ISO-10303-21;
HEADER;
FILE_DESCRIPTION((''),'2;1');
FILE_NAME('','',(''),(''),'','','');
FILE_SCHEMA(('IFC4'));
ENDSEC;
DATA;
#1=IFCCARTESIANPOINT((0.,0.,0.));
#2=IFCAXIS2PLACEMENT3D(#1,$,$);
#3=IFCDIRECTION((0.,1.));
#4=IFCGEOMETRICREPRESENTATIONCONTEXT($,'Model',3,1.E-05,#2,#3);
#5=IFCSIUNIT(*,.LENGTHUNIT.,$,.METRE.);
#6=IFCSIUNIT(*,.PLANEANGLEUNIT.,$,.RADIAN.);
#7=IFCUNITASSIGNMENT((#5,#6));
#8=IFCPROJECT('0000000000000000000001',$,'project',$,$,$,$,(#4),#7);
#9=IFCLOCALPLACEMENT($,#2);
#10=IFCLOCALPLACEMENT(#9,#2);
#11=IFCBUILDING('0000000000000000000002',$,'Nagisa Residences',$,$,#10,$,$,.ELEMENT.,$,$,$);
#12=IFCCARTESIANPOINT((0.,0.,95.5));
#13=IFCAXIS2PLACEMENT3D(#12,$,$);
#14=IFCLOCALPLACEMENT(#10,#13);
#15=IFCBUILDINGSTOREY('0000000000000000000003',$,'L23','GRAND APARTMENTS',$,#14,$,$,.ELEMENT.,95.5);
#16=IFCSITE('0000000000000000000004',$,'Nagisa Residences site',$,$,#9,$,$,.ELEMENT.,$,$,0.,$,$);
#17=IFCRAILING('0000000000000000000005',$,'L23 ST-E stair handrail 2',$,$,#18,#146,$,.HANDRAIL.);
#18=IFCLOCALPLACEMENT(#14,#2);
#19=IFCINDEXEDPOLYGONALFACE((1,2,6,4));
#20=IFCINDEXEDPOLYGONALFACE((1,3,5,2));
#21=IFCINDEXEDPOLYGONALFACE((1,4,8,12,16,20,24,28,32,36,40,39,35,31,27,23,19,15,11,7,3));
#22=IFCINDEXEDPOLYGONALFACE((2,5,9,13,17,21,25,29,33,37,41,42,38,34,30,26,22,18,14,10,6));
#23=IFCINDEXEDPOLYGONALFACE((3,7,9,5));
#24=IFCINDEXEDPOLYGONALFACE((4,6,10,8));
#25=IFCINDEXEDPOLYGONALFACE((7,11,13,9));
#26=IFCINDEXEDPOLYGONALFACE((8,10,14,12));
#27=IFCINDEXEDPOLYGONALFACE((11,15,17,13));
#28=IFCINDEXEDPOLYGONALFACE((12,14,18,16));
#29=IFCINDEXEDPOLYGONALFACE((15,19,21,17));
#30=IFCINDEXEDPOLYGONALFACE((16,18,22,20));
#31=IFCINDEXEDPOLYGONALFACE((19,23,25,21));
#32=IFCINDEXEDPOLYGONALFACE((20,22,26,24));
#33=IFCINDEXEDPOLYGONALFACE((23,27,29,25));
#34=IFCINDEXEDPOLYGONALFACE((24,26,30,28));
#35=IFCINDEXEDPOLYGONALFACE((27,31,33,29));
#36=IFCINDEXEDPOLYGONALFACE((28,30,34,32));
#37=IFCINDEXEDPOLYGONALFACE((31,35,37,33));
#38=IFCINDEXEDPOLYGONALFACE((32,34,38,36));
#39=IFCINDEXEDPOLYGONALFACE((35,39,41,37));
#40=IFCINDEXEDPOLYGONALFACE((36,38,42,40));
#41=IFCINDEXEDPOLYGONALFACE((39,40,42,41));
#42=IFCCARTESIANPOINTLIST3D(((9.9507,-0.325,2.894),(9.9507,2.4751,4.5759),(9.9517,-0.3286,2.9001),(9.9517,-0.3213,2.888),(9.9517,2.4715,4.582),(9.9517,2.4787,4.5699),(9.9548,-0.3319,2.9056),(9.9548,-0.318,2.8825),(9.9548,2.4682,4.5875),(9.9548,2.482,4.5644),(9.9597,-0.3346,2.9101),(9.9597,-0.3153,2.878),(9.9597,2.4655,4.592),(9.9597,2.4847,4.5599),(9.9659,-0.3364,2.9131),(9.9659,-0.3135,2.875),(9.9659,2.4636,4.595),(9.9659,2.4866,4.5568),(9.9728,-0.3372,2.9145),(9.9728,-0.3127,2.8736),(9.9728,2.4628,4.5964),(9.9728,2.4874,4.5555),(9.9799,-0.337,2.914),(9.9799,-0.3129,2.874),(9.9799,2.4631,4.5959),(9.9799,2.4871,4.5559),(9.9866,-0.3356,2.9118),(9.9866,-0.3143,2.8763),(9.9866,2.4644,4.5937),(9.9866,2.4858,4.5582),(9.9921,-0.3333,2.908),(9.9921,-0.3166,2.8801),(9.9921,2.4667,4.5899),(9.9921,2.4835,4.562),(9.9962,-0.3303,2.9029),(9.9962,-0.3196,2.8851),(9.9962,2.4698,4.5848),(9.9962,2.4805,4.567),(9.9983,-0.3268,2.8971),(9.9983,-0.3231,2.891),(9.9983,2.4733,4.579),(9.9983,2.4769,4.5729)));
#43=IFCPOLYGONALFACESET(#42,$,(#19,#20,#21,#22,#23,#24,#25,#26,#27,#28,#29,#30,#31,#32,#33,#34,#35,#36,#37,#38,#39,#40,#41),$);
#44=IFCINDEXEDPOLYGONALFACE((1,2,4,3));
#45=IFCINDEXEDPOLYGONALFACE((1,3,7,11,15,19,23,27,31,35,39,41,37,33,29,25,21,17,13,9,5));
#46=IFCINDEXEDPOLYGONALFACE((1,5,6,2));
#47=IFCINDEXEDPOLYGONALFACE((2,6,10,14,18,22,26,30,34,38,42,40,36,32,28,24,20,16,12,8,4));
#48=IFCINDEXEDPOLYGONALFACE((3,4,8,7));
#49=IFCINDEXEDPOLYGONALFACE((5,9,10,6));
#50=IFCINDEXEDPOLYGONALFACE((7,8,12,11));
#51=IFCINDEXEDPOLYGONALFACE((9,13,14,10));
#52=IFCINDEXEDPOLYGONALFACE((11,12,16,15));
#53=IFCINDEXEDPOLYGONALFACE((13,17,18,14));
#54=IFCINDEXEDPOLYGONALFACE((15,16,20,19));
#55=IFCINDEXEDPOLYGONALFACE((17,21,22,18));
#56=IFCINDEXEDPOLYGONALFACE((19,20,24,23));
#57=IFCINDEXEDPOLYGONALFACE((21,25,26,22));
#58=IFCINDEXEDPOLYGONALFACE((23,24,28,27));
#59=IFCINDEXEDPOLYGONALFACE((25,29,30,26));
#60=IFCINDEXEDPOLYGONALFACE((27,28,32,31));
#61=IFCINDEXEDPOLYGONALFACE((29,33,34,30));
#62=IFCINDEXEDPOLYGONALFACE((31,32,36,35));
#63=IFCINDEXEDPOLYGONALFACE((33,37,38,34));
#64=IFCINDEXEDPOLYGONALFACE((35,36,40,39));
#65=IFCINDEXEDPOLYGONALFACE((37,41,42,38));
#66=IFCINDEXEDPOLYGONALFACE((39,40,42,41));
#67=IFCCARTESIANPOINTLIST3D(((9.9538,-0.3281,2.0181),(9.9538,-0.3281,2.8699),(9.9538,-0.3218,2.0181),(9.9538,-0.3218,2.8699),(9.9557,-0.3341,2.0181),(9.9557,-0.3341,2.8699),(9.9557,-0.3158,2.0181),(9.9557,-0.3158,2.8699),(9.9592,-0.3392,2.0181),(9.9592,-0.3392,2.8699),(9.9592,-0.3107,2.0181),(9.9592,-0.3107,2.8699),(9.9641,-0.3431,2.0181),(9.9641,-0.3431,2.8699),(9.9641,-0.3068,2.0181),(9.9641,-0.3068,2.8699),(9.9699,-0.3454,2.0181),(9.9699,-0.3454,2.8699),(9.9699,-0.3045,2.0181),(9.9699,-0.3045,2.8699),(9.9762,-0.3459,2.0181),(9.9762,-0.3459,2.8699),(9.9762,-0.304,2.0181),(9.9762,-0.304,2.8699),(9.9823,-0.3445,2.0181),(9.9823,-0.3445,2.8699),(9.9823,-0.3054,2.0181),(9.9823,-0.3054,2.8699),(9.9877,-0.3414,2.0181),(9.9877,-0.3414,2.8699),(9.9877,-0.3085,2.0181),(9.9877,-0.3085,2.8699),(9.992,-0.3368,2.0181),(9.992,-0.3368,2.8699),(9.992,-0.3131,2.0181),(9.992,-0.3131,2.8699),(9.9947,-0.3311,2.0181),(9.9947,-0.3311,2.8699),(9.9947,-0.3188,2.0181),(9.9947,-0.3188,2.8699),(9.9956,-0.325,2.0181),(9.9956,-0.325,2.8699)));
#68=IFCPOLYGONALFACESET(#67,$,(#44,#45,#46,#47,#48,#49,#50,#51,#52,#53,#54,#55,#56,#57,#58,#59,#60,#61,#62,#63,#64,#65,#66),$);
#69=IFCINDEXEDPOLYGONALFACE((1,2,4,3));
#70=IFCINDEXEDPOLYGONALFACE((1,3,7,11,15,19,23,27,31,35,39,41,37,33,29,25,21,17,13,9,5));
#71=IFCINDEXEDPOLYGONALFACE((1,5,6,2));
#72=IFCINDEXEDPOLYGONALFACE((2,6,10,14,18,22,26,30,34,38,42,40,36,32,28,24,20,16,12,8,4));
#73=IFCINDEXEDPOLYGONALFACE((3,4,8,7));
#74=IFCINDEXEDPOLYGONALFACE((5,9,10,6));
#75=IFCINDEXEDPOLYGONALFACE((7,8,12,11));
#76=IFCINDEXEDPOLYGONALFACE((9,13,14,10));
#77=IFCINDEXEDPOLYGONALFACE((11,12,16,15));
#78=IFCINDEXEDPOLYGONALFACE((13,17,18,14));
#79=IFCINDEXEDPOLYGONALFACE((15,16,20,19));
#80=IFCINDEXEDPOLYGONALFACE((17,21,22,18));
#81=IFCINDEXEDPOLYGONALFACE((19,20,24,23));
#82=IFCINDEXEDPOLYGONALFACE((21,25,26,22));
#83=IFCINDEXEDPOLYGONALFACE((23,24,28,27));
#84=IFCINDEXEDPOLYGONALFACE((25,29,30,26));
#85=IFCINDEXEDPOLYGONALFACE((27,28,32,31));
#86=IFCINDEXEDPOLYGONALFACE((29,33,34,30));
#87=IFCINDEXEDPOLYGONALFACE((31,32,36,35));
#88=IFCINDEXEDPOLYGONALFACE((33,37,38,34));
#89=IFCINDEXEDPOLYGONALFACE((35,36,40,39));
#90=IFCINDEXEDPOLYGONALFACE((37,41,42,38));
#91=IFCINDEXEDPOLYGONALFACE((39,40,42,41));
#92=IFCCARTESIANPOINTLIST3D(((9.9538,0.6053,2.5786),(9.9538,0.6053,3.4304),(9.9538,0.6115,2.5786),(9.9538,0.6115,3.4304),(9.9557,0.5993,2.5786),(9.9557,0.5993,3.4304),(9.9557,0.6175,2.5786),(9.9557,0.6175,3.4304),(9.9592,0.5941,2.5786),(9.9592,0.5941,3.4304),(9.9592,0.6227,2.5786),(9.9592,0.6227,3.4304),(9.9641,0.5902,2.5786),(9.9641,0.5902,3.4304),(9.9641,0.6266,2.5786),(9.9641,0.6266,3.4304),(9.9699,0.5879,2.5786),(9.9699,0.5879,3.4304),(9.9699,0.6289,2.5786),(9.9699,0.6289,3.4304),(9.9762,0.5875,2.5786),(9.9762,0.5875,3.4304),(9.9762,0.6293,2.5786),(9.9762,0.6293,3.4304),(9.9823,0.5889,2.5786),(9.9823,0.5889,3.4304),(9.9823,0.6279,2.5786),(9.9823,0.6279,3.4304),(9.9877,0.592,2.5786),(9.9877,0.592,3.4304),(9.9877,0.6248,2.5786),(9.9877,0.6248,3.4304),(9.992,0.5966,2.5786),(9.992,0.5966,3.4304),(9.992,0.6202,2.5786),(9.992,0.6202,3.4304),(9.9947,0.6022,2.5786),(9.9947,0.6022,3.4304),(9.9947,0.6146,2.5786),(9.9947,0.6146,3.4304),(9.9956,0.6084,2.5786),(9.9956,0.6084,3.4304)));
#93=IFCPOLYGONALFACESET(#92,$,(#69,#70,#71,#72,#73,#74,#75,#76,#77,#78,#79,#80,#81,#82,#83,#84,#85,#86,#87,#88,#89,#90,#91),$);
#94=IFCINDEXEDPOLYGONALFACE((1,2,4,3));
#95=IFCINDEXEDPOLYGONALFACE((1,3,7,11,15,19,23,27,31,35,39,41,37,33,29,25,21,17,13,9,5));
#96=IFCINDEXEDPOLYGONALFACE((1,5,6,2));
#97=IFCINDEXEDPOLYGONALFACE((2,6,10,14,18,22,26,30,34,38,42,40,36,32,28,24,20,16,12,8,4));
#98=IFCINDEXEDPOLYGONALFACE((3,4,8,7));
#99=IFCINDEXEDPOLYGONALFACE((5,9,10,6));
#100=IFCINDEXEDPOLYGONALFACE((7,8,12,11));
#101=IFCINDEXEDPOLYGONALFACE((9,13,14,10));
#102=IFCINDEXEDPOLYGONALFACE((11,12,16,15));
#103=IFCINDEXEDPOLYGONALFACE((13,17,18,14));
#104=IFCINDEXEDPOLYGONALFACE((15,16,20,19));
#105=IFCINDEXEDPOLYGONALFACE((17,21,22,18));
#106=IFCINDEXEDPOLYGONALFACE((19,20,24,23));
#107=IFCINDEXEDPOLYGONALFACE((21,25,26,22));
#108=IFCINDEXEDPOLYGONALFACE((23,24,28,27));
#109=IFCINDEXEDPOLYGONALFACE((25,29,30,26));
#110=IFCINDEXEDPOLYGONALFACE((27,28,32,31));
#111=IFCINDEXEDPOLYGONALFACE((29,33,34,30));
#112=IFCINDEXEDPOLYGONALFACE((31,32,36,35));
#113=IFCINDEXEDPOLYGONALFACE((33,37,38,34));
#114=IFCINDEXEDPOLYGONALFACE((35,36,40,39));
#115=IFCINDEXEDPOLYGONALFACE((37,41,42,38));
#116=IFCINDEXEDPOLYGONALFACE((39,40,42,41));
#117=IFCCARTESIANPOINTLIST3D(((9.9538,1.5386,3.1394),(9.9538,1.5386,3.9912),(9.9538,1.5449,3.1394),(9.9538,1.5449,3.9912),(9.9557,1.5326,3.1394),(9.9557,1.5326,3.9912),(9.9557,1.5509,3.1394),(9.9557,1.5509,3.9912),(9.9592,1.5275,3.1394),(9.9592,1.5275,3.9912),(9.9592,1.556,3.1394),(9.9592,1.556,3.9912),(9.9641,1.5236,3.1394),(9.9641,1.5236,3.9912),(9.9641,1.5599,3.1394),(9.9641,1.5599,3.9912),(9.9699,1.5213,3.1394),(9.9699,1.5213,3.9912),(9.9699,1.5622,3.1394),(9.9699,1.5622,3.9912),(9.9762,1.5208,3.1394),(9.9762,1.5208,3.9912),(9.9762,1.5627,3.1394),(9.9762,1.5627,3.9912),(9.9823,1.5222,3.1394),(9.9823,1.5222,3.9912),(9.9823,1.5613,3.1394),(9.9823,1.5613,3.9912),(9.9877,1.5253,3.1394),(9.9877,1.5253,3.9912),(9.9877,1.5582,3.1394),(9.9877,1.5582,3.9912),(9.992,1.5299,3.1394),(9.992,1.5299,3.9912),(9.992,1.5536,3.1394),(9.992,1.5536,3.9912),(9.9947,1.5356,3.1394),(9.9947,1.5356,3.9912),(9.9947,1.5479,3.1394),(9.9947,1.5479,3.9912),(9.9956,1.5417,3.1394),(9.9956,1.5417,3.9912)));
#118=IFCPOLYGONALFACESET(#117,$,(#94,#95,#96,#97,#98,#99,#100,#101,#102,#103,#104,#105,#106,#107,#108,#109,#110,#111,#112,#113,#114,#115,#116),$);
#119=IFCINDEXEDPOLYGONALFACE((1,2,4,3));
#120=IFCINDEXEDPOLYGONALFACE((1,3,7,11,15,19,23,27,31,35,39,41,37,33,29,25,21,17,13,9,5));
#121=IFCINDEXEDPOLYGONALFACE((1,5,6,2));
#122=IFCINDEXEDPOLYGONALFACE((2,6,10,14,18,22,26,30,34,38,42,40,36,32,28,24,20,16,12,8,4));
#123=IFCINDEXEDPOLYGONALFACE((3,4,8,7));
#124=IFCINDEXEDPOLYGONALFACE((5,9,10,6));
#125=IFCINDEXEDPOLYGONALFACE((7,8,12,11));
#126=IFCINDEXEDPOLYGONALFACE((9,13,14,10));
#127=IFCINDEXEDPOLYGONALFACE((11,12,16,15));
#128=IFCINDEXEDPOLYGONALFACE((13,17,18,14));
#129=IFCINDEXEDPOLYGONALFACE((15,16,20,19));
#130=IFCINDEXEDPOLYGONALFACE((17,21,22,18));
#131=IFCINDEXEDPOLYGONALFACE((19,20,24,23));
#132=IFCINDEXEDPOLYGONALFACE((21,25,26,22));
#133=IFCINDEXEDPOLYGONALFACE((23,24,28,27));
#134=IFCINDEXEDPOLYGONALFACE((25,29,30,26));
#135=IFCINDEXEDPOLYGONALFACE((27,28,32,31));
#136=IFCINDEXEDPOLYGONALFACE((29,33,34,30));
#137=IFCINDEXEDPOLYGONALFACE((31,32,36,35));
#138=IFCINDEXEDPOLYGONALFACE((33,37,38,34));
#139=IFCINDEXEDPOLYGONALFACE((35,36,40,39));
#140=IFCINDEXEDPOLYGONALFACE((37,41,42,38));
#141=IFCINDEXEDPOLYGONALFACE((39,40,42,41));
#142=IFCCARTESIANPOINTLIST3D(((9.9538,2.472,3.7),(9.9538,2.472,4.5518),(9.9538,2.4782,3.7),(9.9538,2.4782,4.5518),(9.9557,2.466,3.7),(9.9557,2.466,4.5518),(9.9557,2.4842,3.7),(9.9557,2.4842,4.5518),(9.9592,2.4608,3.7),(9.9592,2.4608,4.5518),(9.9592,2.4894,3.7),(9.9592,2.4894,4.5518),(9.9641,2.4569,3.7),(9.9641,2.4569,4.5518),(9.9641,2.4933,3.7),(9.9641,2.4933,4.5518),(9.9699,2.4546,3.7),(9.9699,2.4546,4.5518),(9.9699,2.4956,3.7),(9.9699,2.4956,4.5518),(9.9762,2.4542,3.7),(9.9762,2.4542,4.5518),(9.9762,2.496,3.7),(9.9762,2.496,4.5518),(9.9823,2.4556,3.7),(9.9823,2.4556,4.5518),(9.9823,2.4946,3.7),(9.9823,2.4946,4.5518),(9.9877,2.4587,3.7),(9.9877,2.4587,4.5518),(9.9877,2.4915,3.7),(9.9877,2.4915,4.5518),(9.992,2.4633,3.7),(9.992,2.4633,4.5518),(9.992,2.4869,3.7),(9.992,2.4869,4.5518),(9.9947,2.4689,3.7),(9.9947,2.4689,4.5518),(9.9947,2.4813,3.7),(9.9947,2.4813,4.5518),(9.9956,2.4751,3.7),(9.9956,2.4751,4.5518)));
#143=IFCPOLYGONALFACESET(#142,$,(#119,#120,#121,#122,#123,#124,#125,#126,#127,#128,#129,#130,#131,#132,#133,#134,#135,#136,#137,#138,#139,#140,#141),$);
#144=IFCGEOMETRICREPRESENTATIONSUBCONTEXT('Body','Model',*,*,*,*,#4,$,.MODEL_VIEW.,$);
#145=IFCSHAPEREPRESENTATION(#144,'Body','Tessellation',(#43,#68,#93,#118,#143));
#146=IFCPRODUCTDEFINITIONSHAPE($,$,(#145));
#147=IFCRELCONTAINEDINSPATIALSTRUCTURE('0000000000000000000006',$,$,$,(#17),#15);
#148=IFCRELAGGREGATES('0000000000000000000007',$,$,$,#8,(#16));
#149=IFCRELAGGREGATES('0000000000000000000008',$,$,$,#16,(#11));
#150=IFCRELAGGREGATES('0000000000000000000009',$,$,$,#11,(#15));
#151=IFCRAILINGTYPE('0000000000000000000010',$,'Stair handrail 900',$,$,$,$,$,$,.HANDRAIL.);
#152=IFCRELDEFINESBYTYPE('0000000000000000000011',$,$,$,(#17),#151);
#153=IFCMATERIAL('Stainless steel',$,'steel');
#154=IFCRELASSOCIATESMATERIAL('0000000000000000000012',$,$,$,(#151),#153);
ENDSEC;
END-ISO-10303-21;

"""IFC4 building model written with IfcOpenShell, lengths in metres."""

from ifc_helpers import new_model, si_unit, direction, frame, origin, origin_2d, place, context, subcontext, project, spatial, circle, extrude, material, type_object, element, save


model = new_model("IFC4")

# Units and contexts
model_context = context("Model", 3, precision=1e-05, world=origin(), true_north=direction((0.0, 1.0)))
body_context = subcontext(model_context, "Body", "Model", "MODEL_VIEW")
ifc_project = project(units=[si_unit("LENGTHUNIT", "METRE"), si_unit("PLANEANGLEUNIT", "RADIAN")], contexts=[model_context])

# Site, building, storey
site_placement = place(None, origin())
site = spatial("IfcSite", under=ifc_project, at=site_placement, Name="Nagisa Residences site", CompositionType="ELEMENT", RefElevation=0.0)
building_placement = place(site_placement, origin())
building = spatial("IfcBuilding", under=site, at=building_placement, Name="Nagisa Residences", CompositionType="ELEMENT")
storey_placement = place(building_placement, frame((0.0, 0.0, 95.5)))
storey = spatial("IfcBuildingStorey", under=building, at=storey_placement, Name="L23", Description="GRAND APARTMENTS", CompositionType="ELEMENT", Elevation=95.5)

# Railing
ifc_material_1 = material(Name="Stainless steel", Category="steel")
railing_type = type_object("IfcRailingType", Name="Stair handrail 900", PredefinedType="HANDRAIL", material=ifc_material_1)
railing_placement = place(storey_placement, frame((9.9746, -0.325, 2.0181)))
element("IfcRailing", 1, at=railing_placement, inside=storey, type_object=railing_type, Name="L23 ST-E stair handrail 2", PredefinedType="HANDRAIL", context=body_context, shape_type="SweptSolid", body=[
    extrude(circle(Radius=0.0239, at=origin_2d()), frame((0.0, 0.0, 0.876), z_axis=(0.0, 0.857242, 0.514913), x_axis=(-1.0, 0.0, 0.0)), (0.0, 0.0, 1.0), 3.2664),
    extrude(circle(Radius=0.021, at=origin_2d()), origin(), (0.0, 0.0, 1.0), 0.8518),
    extrude(circle(Radius=0.021, at=origin_2d()), frame((0.0, 0.9333, 0.5605)), (0.0, 0.0, 1.0), 0.8518),
    extrude(circle(Radius=0.021, at=origin_2d()), frame((0.0, 1.8667, 1.1213)), (0.0, 0.0, 1.0), 0.8518),
    extrude(circle(Radius=0.021, at=origin_2d()), frame((0.0, 2.8, 1.6819)), (0.0, 0.0, 1.0), 0.8518),
])

save(model, "model.ifc")
